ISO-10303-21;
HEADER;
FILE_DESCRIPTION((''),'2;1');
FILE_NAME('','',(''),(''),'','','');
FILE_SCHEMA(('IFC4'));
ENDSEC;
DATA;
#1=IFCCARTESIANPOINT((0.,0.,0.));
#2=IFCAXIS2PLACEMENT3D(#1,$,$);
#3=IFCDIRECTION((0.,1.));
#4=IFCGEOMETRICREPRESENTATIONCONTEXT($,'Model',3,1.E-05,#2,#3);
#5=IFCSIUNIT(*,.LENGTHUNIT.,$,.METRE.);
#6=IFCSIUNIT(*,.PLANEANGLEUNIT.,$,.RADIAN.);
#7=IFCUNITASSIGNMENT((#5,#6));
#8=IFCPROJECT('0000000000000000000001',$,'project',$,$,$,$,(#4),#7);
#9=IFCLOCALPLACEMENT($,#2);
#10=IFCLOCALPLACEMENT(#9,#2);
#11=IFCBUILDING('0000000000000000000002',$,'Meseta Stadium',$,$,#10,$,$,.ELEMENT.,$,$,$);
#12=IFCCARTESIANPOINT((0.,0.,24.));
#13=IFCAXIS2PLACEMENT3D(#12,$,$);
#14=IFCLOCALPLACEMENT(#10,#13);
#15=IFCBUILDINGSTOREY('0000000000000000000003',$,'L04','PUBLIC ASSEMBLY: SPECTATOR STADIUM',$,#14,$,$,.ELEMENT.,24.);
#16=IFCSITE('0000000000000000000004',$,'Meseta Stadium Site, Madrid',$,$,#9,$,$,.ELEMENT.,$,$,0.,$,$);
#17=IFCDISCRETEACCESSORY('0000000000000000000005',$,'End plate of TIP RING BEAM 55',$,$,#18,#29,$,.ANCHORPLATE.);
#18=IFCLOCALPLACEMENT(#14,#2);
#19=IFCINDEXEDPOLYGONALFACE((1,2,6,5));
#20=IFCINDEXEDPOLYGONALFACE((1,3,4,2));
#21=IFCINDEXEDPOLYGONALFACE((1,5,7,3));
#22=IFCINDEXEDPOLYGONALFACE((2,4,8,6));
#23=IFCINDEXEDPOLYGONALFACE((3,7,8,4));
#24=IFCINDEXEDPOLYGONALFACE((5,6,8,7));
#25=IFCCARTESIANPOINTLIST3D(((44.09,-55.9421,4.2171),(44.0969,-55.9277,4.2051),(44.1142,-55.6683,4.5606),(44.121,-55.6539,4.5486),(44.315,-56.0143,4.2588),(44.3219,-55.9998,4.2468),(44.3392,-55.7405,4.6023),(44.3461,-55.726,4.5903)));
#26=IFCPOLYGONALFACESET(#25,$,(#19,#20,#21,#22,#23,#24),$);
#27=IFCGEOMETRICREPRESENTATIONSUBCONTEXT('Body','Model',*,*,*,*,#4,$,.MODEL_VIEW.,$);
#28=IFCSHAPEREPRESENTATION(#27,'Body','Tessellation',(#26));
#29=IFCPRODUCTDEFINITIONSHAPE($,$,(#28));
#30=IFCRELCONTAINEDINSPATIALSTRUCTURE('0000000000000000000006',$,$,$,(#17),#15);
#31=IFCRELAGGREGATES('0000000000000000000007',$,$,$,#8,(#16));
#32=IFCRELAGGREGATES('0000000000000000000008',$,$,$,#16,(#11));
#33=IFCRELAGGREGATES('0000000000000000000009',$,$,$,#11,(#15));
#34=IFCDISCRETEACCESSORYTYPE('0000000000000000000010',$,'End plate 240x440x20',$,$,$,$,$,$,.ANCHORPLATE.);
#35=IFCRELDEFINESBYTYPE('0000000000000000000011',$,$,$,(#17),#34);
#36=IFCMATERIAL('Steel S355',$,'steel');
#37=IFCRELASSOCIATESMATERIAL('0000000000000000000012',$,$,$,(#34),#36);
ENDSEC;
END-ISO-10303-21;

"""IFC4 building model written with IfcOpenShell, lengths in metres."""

from ifc_helpers import new_model, si_unit, direction, frame, origin, origin_2d, place, context, subcontext, project, spatial, rectangle, extrude, material, material_profile, profile_set, type_object, element, save


model = new_model("IFC4")

# Units and contexts
model_context = context("Model", 3, precision=1e-05, world=origin(), true_north=direction((0.0, 1.0)))
body_context = subcontext(model_context, "Body", "Model", "MODEL_VIEW")
ifc_project = project(units=[si_unit("LENGTHUNIT", "METRE"), si_unit("PLANEANGLEUNIT", "RADIAN")], contexts=[model_context])

# Site, building, storey
site_placement = place(None, origin())
site = spatial("IfcSite", under=ifc_project, at=site_placement, Name="Meseta Stadium Site, Madrid", CompositionType="ELEMENT", RefElevation=0.0)
building_placement = place(site_placement, origin())
building = spatial("IfcBuilding", under=site, at=building_placement, Name="Meseta Stadium", CompositionType="ELEMENT")
storey_placement = place(building_placement, frame((0.0, 0.0, 24.0)))
storey = spatial("IfcBuildingStorey", under=building, at=storey_placement, Name="L04", Description="PUBLIC ASSEMBLY: SPECTATOR STADIUM", CompositionType="ELEMENT", Elevation=24.0)

# Discrete accessory
ifc_material_1 = material(Name="Steel S355", Category="steel")
ifc_material_profile_1 = material_profile(ifc_material_1, rectangle(XDim=0.24, YDim=0.4399, at=origin_2d()), Name="PL 240x440")
ifc_profile_set_1 = profile_set([ifc_material_profile_1], Name="Steel S355")
discrete_accessory_type_1 = type_object("IfcDiscreteAccessoryType", Name="End plate 240x440x20", PredefinedType="ANCHORPLATE", material=ifc_profile_set_1)
for number, where, z_axis, x_axis, name in (
    (1, (44.2146, -55.8413, 4.4097), (0.342946, 0.722636, -0.600155), (-0.937749, 0.300716, -0.17377), "End plate of TIP RING BEAM 55"),
):
    element("IfcDiscreteAccessory", number, at=place(storey_placement, frame(where, z_axis=z_axis, x_axis=x_axis)), inside=storey, type_object=discrete_accessory_type_1, Name=name, PredefinedType="ANCHORPLATE", context=body_context, shape_type="SweptSolid", body=[
        extrude(rectangle(XDim=0.24, YDim=0.4399, at=origin_2d()), origin(), (0.0, 0.0, 1.0), 0.02),
    ])

save(model, "model.ifc")
